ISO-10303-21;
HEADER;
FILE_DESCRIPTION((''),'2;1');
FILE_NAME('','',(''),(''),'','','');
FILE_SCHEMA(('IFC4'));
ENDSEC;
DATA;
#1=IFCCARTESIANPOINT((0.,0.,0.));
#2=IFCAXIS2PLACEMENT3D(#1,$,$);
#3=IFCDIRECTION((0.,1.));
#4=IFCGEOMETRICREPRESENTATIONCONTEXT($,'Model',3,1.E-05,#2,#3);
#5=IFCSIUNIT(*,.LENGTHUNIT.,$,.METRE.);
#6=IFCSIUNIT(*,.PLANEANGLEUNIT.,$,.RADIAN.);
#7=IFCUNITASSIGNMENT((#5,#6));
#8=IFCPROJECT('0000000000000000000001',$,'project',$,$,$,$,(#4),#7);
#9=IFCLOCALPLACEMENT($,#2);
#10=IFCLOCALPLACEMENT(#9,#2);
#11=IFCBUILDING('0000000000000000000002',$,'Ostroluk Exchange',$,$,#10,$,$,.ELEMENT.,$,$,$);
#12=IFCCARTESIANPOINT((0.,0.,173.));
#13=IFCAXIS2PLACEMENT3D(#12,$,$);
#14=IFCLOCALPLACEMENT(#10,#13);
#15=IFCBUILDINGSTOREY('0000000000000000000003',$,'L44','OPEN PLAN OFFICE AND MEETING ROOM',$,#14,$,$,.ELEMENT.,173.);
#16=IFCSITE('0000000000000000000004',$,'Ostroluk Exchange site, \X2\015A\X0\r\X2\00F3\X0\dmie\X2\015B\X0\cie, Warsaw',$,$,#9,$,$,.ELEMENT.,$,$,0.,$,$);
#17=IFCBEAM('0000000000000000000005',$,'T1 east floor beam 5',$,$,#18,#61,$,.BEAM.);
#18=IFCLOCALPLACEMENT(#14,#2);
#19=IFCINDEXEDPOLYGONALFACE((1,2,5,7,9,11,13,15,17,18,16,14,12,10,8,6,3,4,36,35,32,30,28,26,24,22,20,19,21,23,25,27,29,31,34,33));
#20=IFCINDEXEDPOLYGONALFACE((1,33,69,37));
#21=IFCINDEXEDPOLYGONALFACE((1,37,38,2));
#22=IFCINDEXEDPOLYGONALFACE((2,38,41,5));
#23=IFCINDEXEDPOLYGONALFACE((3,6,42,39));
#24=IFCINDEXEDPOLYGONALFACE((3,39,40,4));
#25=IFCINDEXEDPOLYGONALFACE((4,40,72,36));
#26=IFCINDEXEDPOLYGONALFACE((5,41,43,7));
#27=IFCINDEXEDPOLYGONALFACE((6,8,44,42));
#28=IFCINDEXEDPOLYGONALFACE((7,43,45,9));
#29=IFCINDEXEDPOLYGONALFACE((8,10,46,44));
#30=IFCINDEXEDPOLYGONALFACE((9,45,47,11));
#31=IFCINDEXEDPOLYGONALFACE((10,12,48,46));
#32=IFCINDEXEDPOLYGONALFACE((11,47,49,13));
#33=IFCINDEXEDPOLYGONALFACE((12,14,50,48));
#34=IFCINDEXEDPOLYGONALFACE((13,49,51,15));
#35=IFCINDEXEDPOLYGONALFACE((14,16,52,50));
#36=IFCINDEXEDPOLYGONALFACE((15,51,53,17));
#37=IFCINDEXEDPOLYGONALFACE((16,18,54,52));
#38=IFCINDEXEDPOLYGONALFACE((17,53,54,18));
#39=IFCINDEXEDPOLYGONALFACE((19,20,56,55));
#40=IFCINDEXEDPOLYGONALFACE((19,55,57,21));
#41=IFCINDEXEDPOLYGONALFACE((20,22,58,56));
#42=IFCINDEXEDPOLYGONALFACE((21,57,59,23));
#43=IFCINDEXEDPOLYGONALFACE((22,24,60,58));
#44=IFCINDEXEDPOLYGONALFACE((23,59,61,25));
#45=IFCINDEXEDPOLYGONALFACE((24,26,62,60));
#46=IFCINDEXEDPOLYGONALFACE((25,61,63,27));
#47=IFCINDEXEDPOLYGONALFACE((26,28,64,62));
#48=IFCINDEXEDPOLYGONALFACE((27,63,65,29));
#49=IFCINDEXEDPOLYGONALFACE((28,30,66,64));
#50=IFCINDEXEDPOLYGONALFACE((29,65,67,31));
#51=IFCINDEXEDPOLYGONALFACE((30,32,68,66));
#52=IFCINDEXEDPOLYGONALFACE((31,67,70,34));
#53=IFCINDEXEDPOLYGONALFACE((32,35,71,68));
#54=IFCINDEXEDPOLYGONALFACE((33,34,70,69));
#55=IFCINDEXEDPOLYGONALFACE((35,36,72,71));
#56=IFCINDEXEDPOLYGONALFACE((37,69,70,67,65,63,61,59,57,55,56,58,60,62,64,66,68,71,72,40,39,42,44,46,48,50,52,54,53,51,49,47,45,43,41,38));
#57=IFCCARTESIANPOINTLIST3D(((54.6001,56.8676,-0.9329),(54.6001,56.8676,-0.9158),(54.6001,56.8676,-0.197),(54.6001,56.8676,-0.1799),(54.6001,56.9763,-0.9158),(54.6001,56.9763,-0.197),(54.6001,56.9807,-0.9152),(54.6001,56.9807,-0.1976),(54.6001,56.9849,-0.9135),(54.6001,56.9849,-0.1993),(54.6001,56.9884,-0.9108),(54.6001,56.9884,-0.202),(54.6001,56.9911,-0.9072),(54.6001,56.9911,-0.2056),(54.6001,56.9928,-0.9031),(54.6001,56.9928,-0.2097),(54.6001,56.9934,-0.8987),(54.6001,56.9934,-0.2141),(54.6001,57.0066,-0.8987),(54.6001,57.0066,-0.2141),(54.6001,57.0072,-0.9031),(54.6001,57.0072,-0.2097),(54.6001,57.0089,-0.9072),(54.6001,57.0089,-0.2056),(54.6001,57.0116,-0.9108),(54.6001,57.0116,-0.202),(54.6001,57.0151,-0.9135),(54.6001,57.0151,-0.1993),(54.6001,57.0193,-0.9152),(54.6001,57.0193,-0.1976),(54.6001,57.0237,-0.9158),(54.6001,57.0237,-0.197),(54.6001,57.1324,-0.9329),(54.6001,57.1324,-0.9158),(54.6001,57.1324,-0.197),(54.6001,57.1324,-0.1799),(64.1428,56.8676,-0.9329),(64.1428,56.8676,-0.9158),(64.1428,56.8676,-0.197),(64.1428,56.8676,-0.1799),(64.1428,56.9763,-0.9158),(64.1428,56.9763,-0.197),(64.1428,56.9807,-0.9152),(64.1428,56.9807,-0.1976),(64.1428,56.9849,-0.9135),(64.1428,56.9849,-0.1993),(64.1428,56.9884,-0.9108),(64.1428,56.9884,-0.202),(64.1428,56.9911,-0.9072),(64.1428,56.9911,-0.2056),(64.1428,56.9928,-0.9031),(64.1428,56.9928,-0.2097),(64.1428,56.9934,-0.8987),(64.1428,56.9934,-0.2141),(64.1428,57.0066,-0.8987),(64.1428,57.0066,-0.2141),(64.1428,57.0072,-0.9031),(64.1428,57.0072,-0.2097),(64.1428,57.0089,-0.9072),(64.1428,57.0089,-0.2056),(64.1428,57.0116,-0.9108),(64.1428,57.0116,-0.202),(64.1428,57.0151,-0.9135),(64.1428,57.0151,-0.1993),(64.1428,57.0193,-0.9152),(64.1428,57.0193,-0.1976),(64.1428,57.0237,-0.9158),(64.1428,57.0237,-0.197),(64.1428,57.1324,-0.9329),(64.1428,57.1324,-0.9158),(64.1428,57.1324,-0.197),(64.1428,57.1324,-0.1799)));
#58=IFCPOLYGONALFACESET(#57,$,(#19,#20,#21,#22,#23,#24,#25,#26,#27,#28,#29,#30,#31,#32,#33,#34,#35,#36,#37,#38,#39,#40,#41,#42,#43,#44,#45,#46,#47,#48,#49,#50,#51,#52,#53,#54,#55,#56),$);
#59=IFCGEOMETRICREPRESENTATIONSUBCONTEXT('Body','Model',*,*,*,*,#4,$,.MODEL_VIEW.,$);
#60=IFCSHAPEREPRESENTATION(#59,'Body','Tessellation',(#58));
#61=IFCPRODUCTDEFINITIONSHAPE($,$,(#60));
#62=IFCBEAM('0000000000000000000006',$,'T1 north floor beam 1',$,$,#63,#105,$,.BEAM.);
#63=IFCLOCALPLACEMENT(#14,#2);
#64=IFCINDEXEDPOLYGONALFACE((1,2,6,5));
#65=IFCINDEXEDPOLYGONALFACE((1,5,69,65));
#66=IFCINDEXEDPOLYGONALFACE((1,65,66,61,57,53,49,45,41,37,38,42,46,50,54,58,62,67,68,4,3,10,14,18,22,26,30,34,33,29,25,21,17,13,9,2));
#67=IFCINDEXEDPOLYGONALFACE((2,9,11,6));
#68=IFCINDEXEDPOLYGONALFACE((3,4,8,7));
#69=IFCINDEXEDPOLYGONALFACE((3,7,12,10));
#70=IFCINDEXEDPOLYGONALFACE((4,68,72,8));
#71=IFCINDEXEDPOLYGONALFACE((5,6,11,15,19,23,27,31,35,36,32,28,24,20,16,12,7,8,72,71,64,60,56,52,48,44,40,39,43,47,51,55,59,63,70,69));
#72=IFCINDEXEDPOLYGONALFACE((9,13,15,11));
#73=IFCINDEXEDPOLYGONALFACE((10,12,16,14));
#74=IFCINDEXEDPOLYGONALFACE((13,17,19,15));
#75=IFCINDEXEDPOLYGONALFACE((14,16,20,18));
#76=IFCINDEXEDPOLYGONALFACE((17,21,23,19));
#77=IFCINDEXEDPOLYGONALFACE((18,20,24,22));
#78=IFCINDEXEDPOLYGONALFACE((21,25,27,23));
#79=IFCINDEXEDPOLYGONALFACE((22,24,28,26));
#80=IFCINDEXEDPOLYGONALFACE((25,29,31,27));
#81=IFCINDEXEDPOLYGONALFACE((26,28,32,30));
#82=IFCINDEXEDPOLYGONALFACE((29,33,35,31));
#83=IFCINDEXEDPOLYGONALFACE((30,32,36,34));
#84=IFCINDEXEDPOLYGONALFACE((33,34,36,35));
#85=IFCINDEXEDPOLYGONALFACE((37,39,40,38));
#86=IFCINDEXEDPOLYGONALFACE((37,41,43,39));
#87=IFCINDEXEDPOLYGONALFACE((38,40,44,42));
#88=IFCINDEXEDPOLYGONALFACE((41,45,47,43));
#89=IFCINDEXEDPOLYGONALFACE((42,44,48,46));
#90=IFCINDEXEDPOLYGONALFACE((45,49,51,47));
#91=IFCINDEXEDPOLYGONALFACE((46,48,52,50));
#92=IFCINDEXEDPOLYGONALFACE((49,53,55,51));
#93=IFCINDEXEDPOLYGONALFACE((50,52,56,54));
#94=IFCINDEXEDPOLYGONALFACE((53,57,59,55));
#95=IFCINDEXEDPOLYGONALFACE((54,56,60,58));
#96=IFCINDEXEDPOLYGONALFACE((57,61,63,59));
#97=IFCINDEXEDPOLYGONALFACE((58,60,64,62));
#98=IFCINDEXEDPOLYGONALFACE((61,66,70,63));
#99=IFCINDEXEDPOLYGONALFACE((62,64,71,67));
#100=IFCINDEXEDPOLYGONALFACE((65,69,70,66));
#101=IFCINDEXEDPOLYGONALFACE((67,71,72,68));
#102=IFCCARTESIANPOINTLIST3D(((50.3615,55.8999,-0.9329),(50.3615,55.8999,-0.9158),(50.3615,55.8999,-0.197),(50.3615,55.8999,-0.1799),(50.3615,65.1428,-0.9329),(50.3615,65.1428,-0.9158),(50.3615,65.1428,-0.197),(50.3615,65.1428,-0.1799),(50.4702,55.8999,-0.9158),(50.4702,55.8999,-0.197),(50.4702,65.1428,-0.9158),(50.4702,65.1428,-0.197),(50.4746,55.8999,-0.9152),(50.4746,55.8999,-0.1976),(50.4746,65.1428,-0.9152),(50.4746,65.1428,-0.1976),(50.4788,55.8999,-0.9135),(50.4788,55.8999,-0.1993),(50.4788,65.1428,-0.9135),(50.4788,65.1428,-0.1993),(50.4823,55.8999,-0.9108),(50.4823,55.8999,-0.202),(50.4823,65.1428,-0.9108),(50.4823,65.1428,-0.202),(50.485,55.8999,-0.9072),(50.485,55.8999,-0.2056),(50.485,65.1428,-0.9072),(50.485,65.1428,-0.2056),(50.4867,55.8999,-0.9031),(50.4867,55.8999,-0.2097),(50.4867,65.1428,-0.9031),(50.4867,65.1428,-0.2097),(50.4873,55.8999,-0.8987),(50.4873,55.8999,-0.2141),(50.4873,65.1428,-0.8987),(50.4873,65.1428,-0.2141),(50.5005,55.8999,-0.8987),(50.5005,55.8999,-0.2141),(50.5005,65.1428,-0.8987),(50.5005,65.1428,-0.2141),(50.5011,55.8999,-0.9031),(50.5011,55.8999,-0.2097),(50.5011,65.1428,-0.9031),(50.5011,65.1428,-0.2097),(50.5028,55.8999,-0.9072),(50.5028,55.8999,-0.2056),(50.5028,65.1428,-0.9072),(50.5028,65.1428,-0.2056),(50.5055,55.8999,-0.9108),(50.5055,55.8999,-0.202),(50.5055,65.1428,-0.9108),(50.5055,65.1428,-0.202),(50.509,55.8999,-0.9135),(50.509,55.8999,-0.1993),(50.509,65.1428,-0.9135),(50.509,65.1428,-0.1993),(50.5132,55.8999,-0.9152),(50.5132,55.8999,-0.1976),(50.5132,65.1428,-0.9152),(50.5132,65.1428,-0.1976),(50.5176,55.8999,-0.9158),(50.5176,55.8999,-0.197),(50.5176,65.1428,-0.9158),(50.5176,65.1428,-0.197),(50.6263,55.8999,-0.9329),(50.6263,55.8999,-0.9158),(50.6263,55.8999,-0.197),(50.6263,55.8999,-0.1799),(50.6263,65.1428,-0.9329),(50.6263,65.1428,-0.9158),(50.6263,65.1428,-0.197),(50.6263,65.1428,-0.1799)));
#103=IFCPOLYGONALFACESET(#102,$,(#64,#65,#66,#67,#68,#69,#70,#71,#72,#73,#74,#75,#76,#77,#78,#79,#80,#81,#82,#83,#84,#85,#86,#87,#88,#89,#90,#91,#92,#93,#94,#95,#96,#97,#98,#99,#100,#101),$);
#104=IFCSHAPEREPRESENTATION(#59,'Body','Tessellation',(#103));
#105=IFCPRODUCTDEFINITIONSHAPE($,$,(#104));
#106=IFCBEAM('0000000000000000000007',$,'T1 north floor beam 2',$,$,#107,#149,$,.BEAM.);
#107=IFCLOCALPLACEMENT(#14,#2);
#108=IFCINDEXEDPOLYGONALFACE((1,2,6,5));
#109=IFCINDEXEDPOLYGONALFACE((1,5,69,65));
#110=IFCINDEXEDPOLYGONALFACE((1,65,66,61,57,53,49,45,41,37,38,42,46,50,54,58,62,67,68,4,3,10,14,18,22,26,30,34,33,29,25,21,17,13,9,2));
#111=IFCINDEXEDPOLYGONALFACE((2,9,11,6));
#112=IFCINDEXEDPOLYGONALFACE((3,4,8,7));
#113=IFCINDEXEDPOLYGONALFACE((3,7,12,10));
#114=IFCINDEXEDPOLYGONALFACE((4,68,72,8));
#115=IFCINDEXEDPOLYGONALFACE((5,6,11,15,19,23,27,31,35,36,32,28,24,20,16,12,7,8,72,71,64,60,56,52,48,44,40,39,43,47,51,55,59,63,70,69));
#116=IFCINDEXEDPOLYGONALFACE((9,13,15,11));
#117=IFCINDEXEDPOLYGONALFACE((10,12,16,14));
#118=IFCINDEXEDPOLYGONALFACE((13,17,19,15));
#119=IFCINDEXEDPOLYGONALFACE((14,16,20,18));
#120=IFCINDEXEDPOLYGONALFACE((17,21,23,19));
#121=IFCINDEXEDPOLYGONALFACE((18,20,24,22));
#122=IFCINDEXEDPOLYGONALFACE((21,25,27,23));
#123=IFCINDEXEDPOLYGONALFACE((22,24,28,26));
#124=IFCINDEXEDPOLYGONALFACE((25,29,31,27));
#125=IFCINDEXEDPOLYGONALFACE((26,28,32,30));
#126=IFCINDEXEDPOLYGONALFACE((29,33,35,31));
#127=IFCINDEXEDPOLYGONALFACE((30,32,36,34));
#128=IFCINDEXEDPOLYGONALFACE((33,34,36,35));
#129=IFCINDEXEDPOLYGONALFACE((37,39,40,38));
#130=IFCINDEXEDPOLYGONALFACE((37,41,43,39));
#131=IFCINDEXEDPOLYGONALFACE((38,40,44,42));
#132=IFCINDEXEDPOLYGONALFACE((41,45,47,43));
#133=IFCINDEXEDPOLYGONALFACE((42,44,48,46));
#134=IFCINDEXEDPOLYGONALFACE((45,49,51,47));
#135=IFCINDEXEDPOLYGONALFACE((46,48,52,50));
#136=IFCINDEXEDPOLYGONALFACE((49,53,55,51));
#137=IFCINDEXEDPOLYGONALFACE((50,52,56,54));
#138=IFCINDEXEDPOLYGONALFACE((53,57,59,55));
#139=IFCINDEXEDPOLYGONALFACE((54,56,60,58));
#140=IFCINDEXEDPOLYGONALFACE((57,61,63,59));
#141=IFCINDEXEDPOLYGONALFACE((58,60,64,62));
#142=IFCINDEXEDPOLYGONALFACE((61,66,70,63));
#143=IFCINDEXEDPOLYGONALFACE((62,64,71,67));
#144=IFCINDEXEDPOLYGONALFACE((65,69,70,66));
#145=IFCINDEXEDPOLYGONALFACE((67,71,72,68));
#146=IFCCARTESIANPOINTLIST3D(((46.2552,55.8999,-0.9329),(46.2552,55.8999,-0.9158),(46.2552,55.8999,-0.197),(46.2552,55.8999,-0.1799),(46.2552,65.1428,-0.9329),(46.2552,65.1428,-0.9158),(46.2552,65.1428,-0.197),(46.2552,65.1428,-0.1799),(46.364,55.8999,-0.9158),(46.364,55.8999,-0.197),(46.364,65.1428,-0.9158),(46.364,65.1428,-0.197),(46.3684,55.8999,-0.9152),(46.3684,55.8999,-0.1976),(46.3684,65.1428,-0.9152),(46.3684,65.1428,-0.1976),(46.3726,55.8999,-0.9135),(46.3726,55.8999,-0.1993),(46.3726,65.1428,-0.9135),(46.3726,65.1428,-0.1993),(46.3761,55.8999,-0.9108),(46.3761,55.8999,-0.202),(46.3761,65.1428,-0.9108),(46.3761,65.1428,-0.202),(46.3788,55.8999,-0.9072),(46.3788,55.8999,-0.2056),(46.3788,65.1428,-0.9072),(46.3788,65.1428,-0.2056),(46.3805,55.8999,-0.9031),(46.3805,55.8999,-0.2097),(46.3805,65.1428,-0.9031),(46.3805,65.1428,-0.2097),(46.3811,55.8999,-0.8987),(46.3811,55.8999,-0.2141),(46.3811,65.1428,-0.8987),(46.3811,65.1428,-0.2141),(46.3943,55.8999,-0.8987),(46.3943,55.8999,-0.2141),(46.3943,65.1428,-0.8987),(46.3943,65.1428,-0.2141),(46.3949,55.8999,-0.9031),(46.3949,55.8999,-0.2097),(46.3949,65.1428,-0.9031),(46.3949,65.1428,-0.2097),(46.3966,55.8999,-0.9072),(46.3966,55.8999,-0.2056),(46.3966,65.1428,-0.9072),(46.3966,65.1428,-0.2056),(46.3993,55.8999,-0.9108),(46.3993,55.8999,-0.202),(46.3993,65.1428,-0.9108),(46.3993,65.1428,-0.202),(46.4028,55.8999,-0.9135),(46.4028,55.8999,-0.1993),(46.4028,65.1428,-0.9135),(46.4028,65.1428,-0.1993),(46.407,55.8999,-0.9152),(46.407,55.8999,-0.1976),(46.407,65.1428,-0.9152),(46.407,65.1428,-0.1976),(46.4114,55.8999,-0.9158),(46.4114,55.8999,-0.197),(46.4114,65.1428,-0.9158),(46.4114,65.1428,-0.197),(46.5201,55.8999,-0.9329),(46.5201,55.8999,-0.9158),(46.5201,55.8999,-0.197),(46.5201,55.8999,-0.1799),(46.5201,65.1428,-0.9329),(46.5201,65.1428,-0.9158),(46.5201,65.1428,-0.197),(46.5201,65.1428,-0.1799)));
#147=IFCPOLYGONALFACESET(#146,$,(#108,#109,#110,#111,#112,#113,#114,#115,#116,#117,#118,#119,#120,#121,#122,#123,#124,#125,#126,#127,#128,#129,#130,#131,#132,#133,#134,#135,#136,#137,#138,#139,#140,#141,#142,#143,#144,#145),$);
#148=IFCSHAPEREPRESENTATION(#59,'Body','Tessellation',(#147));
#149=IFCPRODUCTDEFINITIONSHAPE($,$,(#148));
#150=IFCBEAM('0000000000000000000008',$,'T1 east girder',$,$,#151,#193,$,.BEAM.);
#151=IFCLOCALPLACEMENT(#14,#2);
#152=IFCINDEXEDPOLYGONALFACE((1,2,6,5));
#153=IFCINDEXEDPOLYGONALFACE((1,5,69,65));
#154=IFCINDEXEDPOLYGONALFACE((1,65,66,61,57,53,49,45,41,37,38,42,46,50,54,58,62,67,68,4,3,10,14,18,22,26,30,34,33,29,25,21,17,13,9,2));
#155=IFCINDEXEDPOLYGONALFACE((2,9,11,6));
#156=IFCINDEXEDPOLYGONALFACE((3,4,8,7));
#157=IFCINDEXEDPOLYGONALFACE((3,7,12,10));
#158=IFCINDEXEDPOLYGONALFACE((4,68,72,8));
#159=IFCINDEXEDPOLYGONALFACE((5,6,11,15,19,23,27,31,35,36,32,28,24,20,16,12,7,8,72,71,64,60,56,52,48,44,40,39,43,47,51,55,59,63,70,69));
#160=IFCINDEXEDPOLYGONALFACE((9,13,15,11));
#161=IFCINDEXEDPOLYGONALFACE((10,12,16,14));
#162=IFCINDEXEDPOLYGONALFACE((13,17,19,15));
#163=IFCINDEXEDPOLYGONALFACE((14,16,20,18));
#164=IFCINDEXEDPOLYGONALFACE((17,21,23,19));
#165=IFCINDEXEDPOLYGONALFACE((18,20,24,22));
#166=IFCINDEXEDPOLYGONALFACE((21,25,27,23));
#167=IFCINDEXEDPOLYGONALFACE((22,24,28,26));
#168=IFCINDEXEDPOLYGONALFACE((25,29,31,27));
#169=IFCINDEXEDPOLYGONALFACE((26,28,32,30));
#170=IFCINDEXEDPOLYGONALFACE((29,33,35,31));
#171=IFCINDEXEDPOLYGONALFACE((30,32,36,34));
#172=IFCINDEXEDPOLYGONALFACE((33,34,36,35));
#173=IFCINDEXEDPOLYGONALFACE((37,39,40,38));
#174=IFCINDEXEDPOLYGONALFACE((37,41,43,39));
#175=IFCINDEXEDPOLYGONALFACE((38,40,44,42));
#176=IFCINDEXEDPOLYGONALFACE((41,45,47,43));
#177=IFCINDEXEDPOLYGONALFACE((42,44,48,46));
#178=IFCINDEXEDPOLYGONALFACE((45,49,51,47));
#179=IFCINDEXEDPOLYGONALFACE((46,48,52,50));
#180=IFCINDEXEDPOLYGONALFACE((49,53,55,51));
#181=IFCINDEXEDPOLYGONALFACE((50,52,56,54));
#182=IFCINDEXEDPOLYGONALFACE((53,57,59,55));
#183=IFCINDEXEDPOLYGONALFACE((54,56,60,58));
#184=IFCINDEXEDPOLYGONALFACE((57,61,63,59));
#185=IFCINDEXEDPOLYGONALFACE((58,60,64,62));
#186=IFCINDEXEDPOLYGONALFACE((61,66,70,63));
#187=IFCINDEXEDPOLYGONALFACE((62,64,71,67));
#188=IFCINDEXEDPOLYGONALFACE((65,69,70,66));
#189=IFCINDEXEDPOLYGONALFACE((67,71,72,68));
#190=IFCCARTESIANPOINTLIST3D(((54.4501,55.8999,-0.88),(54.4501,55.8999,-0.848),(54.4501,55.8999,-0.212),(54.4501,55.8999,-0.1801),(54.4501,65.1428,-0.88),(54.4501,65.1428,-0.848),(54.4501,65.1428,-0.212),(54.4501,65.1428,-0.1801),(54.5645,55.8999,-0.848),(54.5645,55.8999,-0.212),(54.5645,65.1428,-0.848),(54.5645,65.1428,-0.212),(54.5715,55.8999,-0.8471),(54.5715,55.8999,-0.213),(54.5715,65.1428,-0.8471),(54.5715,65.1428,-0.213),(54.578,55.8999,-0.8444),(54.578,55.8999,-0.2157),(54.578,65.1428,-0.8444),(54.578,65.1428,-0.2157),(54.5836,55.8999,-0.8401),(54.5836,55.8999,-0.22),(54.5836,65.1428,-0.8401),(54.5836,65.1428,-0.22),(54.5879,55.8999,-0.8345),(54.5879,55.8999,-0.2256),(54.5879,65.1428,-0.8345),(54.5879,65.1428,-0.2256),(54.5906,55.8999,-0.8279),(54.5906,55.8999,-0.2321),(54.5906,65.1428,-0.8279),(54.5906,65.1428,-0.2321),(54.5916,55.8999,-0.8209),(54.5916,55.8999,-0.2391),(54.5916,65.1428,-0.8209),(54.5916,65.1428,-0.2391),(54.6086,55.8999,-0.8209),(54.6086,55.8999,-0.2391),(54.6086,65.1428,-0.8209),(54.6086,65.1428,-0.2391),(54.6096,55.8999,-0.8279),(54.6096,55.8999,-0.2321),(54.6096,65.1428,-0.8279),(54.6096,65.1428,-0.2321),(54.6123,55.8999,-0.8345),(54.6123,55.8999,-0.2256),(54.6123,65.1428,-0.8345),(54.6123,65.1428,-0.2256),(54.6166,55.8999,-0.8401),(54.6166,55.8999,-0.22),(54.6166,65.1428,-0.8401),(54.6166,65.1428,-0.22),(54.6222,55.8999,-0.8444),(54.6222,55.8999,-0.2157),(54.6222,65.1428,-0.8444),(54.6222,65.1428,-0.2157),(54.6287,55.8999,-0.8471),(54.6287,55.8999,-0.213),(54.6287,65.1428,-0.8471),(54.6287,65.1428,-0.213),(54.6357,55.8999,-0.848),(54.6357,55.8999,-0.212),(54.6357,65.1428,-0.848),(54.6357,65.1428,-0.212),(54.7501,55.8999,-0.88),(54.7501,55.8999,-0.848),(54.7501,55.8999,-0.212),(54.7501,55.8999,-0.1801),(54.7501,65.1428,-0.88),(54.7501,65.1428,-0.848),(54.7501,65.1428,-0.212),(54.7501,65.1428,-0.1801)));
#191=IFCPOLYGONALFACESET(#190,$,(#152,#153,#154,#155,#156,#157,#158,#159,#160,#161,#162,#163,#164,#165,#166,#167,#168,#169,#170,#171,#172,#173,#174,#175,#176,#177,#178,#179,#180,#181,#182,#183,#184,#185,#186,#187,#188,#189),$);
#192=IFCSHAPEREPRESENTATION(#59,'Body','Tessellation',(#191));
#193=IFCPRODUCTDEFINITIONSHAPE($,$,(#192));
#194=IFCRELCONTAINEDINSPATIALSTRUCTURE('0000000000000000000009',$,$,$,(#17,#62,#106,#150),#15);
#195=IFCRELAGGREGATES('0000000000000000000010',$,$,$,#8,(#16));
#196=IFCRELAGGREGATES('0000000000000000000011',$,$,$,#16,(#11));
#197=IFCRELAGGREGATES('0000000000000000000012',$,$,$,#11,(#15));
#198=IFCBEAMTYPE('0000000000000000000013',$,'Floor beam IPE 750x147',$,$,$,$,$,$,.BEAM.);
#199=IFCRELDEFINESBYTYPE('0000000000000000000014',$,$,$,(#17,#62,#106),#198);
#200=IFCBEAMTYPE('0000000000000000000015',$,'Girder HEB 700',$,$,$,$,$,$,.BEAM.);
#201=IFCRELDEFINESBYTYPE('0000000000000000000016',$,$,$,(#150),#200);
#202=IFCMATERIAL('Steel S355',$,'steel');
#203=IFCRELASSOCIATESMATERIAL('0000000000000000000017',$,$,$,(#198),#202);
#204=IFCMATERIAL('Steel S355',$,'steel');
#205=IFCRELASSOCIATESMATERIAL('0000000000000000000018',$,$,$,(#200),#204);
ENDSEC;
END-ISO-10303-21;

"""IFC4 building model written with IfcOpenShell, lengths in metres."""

from ifc_helpers import new_model, si_unit, direction, frame, origin, origin_2d, place, context, subcontext, project, spatial, i_section, extrude, material, material_profile, profile_set, type_object, element, save


model = new_model("IFC4")

# Units and contexts
model_context = context("Model", 3, precision=1e-05, world=origin(), true_north=direction((0.0, 1.0)))
body_context = subcontext(model_context, "Body", "Model", "MODEL_VIEW")
ifc_project = project(units=[si_unit("LENGTHUNIT", "METRE"), si_unit("PLANEANGLEUNIT", "RADIAN")], contexts=[model_context])

# Site, building, storey
site_placement = place(None, origin())
site = spatial("IfcSite", under=ifc_project, at=site_placement, Name="Ostroluk Exchange site, Śródmieście, Warsaw", CompositionType="ELEMENT", RefElevation=0.0)
building_placement = place(site_placement, origin())
building = spatial("IfcBuilding", under=site, at=building_placement, Name="Ostroluk Exchange", CompositionType="ELEMENT")
storey_placement = place(building_placement, frame((0.0, 0.0, 173.0)))
storey = spatial("IfcBuildingStorey", under=building, at=storey_placement, Name="L44", Description="OPEN PLAN OFFICE AND MEETING ROOM", CompositionType="ELEMENT", Elevation=173.0)

# Beams
ifc_material_1 = material(Name="Steel S355", Category="steel")
ifc_material_profile_1 = material_profile(ifc_material_1, i_section(OverallWidth=0.2649, OverallDepth=0.7529, WebThickness=0.0132, FlangeThickness=0.0171, FilletRadius=0.0171, at=origin_2d()), Name="IPE 750x147")
ifc_profile_set_1 = profile_set([ifc_material_profile_1], Name="Steel S355")
beam_type_1 = type_object("IfcBeamType", Name="Floor beam IPE 750x147", PredefinedType="BEAM", material=ifc_profile_set_1)
beam_1_placement = place(storey_placement, frame((54.6001, 57.0, -0.5564), z_axis=(1.0, 0.0, 0.0), x_axis=(0.0, 1.0, 0.0)))
element("IfcBeam", 1, at=beam_1_placement, inside=storey, type_object=beam_type_1, Name="T1 east floor beam 5", PredefinedType="BEAM", context=body_context, shape_type="SweptSolid", body=[
    extrude(i_section(OverallWidth=0.2649, OverallDepth=0.7529, WebThickness=0.0132, FlangeThickness=0.0171, FilletRadius=0.0171, at=origin_2d()), origin(), (0.0, 0.0, 1.0), 9.5427),
])
for number, where, z_axis, x_axis, name in (
    (2, (50.4939, 55.8999, -0.5564), (0.0, 1.0, 0.0), (-1.0, 0.0, 0.0), "T1 north floor beam 1"),
    (3, (46.3877, 55.8999, -0.5564), (0.0, 1.0, 0.0), (-1.0, 0.0, 0.0), "T1 north floor beam 2"),
):
    element("IfcBeam", number, at=place(storey_placement, frame(where, z_axis=z_axis, x_axis=x_axis)), inside=storey, type_object=beam_type_1, Name=name, PredefinedType="BEAM", context=body_context, shape_type="SweptSolid", body=[
        extrude(i_section(OverallWidth=0.2649, OverallDepth=0.7529, WebThickness=0.0132, FlangeThickness=0.0171, FilletRadius=0.0171, at=origin_2d()), origin(), (0.0, 0.0, 1.0), 9.2429),
    ])
ifc_material_2 = material(Name="Steel S355", Category="steel")
ifc_material_profile_2 = material_profile(ifc_material_2, i_section(OverallWidth=0.3, OverallDepth=0.7, WebThickness=0.0171, FlangeThickness=0.032, FilletRadius=0.0271, at=origin_2d()), Name="HEB 700")
ifc_profile_set_2 = profile_set([ifc_material_profile_2], Name="Steel S355")
beam_type_2 = type_object("IfcBeamType", Name="Girder HEB 700", PredefinedType="BEAM", material=ifc_profile_set_2)
beam_2_placement = place(storey_placement, frame((54.6001, 55.8999, -0.53), z_axis=(0.0, 1.0, 0.0), x_axis=(-1.0, 0.0, 0.0)))
element("IfcBeam", 4, at=beam_2_placement, inside=storey, type_object=beam_type_2, Name="T1 east girder", PredefinedType="BEAM", context=body_context, shape_type="SweptSolid", body=[
    extrude(i_section(OverallWidth=0.3, OverallDepth=0.7, WebThickness=0.0171, FlangeThickness=0.032, FilletRadius=0.0271, at=origin_2d()), origin(), (0.0, 0.0, 1.0), 9.2429),
])

save(model, "model.ifc")
